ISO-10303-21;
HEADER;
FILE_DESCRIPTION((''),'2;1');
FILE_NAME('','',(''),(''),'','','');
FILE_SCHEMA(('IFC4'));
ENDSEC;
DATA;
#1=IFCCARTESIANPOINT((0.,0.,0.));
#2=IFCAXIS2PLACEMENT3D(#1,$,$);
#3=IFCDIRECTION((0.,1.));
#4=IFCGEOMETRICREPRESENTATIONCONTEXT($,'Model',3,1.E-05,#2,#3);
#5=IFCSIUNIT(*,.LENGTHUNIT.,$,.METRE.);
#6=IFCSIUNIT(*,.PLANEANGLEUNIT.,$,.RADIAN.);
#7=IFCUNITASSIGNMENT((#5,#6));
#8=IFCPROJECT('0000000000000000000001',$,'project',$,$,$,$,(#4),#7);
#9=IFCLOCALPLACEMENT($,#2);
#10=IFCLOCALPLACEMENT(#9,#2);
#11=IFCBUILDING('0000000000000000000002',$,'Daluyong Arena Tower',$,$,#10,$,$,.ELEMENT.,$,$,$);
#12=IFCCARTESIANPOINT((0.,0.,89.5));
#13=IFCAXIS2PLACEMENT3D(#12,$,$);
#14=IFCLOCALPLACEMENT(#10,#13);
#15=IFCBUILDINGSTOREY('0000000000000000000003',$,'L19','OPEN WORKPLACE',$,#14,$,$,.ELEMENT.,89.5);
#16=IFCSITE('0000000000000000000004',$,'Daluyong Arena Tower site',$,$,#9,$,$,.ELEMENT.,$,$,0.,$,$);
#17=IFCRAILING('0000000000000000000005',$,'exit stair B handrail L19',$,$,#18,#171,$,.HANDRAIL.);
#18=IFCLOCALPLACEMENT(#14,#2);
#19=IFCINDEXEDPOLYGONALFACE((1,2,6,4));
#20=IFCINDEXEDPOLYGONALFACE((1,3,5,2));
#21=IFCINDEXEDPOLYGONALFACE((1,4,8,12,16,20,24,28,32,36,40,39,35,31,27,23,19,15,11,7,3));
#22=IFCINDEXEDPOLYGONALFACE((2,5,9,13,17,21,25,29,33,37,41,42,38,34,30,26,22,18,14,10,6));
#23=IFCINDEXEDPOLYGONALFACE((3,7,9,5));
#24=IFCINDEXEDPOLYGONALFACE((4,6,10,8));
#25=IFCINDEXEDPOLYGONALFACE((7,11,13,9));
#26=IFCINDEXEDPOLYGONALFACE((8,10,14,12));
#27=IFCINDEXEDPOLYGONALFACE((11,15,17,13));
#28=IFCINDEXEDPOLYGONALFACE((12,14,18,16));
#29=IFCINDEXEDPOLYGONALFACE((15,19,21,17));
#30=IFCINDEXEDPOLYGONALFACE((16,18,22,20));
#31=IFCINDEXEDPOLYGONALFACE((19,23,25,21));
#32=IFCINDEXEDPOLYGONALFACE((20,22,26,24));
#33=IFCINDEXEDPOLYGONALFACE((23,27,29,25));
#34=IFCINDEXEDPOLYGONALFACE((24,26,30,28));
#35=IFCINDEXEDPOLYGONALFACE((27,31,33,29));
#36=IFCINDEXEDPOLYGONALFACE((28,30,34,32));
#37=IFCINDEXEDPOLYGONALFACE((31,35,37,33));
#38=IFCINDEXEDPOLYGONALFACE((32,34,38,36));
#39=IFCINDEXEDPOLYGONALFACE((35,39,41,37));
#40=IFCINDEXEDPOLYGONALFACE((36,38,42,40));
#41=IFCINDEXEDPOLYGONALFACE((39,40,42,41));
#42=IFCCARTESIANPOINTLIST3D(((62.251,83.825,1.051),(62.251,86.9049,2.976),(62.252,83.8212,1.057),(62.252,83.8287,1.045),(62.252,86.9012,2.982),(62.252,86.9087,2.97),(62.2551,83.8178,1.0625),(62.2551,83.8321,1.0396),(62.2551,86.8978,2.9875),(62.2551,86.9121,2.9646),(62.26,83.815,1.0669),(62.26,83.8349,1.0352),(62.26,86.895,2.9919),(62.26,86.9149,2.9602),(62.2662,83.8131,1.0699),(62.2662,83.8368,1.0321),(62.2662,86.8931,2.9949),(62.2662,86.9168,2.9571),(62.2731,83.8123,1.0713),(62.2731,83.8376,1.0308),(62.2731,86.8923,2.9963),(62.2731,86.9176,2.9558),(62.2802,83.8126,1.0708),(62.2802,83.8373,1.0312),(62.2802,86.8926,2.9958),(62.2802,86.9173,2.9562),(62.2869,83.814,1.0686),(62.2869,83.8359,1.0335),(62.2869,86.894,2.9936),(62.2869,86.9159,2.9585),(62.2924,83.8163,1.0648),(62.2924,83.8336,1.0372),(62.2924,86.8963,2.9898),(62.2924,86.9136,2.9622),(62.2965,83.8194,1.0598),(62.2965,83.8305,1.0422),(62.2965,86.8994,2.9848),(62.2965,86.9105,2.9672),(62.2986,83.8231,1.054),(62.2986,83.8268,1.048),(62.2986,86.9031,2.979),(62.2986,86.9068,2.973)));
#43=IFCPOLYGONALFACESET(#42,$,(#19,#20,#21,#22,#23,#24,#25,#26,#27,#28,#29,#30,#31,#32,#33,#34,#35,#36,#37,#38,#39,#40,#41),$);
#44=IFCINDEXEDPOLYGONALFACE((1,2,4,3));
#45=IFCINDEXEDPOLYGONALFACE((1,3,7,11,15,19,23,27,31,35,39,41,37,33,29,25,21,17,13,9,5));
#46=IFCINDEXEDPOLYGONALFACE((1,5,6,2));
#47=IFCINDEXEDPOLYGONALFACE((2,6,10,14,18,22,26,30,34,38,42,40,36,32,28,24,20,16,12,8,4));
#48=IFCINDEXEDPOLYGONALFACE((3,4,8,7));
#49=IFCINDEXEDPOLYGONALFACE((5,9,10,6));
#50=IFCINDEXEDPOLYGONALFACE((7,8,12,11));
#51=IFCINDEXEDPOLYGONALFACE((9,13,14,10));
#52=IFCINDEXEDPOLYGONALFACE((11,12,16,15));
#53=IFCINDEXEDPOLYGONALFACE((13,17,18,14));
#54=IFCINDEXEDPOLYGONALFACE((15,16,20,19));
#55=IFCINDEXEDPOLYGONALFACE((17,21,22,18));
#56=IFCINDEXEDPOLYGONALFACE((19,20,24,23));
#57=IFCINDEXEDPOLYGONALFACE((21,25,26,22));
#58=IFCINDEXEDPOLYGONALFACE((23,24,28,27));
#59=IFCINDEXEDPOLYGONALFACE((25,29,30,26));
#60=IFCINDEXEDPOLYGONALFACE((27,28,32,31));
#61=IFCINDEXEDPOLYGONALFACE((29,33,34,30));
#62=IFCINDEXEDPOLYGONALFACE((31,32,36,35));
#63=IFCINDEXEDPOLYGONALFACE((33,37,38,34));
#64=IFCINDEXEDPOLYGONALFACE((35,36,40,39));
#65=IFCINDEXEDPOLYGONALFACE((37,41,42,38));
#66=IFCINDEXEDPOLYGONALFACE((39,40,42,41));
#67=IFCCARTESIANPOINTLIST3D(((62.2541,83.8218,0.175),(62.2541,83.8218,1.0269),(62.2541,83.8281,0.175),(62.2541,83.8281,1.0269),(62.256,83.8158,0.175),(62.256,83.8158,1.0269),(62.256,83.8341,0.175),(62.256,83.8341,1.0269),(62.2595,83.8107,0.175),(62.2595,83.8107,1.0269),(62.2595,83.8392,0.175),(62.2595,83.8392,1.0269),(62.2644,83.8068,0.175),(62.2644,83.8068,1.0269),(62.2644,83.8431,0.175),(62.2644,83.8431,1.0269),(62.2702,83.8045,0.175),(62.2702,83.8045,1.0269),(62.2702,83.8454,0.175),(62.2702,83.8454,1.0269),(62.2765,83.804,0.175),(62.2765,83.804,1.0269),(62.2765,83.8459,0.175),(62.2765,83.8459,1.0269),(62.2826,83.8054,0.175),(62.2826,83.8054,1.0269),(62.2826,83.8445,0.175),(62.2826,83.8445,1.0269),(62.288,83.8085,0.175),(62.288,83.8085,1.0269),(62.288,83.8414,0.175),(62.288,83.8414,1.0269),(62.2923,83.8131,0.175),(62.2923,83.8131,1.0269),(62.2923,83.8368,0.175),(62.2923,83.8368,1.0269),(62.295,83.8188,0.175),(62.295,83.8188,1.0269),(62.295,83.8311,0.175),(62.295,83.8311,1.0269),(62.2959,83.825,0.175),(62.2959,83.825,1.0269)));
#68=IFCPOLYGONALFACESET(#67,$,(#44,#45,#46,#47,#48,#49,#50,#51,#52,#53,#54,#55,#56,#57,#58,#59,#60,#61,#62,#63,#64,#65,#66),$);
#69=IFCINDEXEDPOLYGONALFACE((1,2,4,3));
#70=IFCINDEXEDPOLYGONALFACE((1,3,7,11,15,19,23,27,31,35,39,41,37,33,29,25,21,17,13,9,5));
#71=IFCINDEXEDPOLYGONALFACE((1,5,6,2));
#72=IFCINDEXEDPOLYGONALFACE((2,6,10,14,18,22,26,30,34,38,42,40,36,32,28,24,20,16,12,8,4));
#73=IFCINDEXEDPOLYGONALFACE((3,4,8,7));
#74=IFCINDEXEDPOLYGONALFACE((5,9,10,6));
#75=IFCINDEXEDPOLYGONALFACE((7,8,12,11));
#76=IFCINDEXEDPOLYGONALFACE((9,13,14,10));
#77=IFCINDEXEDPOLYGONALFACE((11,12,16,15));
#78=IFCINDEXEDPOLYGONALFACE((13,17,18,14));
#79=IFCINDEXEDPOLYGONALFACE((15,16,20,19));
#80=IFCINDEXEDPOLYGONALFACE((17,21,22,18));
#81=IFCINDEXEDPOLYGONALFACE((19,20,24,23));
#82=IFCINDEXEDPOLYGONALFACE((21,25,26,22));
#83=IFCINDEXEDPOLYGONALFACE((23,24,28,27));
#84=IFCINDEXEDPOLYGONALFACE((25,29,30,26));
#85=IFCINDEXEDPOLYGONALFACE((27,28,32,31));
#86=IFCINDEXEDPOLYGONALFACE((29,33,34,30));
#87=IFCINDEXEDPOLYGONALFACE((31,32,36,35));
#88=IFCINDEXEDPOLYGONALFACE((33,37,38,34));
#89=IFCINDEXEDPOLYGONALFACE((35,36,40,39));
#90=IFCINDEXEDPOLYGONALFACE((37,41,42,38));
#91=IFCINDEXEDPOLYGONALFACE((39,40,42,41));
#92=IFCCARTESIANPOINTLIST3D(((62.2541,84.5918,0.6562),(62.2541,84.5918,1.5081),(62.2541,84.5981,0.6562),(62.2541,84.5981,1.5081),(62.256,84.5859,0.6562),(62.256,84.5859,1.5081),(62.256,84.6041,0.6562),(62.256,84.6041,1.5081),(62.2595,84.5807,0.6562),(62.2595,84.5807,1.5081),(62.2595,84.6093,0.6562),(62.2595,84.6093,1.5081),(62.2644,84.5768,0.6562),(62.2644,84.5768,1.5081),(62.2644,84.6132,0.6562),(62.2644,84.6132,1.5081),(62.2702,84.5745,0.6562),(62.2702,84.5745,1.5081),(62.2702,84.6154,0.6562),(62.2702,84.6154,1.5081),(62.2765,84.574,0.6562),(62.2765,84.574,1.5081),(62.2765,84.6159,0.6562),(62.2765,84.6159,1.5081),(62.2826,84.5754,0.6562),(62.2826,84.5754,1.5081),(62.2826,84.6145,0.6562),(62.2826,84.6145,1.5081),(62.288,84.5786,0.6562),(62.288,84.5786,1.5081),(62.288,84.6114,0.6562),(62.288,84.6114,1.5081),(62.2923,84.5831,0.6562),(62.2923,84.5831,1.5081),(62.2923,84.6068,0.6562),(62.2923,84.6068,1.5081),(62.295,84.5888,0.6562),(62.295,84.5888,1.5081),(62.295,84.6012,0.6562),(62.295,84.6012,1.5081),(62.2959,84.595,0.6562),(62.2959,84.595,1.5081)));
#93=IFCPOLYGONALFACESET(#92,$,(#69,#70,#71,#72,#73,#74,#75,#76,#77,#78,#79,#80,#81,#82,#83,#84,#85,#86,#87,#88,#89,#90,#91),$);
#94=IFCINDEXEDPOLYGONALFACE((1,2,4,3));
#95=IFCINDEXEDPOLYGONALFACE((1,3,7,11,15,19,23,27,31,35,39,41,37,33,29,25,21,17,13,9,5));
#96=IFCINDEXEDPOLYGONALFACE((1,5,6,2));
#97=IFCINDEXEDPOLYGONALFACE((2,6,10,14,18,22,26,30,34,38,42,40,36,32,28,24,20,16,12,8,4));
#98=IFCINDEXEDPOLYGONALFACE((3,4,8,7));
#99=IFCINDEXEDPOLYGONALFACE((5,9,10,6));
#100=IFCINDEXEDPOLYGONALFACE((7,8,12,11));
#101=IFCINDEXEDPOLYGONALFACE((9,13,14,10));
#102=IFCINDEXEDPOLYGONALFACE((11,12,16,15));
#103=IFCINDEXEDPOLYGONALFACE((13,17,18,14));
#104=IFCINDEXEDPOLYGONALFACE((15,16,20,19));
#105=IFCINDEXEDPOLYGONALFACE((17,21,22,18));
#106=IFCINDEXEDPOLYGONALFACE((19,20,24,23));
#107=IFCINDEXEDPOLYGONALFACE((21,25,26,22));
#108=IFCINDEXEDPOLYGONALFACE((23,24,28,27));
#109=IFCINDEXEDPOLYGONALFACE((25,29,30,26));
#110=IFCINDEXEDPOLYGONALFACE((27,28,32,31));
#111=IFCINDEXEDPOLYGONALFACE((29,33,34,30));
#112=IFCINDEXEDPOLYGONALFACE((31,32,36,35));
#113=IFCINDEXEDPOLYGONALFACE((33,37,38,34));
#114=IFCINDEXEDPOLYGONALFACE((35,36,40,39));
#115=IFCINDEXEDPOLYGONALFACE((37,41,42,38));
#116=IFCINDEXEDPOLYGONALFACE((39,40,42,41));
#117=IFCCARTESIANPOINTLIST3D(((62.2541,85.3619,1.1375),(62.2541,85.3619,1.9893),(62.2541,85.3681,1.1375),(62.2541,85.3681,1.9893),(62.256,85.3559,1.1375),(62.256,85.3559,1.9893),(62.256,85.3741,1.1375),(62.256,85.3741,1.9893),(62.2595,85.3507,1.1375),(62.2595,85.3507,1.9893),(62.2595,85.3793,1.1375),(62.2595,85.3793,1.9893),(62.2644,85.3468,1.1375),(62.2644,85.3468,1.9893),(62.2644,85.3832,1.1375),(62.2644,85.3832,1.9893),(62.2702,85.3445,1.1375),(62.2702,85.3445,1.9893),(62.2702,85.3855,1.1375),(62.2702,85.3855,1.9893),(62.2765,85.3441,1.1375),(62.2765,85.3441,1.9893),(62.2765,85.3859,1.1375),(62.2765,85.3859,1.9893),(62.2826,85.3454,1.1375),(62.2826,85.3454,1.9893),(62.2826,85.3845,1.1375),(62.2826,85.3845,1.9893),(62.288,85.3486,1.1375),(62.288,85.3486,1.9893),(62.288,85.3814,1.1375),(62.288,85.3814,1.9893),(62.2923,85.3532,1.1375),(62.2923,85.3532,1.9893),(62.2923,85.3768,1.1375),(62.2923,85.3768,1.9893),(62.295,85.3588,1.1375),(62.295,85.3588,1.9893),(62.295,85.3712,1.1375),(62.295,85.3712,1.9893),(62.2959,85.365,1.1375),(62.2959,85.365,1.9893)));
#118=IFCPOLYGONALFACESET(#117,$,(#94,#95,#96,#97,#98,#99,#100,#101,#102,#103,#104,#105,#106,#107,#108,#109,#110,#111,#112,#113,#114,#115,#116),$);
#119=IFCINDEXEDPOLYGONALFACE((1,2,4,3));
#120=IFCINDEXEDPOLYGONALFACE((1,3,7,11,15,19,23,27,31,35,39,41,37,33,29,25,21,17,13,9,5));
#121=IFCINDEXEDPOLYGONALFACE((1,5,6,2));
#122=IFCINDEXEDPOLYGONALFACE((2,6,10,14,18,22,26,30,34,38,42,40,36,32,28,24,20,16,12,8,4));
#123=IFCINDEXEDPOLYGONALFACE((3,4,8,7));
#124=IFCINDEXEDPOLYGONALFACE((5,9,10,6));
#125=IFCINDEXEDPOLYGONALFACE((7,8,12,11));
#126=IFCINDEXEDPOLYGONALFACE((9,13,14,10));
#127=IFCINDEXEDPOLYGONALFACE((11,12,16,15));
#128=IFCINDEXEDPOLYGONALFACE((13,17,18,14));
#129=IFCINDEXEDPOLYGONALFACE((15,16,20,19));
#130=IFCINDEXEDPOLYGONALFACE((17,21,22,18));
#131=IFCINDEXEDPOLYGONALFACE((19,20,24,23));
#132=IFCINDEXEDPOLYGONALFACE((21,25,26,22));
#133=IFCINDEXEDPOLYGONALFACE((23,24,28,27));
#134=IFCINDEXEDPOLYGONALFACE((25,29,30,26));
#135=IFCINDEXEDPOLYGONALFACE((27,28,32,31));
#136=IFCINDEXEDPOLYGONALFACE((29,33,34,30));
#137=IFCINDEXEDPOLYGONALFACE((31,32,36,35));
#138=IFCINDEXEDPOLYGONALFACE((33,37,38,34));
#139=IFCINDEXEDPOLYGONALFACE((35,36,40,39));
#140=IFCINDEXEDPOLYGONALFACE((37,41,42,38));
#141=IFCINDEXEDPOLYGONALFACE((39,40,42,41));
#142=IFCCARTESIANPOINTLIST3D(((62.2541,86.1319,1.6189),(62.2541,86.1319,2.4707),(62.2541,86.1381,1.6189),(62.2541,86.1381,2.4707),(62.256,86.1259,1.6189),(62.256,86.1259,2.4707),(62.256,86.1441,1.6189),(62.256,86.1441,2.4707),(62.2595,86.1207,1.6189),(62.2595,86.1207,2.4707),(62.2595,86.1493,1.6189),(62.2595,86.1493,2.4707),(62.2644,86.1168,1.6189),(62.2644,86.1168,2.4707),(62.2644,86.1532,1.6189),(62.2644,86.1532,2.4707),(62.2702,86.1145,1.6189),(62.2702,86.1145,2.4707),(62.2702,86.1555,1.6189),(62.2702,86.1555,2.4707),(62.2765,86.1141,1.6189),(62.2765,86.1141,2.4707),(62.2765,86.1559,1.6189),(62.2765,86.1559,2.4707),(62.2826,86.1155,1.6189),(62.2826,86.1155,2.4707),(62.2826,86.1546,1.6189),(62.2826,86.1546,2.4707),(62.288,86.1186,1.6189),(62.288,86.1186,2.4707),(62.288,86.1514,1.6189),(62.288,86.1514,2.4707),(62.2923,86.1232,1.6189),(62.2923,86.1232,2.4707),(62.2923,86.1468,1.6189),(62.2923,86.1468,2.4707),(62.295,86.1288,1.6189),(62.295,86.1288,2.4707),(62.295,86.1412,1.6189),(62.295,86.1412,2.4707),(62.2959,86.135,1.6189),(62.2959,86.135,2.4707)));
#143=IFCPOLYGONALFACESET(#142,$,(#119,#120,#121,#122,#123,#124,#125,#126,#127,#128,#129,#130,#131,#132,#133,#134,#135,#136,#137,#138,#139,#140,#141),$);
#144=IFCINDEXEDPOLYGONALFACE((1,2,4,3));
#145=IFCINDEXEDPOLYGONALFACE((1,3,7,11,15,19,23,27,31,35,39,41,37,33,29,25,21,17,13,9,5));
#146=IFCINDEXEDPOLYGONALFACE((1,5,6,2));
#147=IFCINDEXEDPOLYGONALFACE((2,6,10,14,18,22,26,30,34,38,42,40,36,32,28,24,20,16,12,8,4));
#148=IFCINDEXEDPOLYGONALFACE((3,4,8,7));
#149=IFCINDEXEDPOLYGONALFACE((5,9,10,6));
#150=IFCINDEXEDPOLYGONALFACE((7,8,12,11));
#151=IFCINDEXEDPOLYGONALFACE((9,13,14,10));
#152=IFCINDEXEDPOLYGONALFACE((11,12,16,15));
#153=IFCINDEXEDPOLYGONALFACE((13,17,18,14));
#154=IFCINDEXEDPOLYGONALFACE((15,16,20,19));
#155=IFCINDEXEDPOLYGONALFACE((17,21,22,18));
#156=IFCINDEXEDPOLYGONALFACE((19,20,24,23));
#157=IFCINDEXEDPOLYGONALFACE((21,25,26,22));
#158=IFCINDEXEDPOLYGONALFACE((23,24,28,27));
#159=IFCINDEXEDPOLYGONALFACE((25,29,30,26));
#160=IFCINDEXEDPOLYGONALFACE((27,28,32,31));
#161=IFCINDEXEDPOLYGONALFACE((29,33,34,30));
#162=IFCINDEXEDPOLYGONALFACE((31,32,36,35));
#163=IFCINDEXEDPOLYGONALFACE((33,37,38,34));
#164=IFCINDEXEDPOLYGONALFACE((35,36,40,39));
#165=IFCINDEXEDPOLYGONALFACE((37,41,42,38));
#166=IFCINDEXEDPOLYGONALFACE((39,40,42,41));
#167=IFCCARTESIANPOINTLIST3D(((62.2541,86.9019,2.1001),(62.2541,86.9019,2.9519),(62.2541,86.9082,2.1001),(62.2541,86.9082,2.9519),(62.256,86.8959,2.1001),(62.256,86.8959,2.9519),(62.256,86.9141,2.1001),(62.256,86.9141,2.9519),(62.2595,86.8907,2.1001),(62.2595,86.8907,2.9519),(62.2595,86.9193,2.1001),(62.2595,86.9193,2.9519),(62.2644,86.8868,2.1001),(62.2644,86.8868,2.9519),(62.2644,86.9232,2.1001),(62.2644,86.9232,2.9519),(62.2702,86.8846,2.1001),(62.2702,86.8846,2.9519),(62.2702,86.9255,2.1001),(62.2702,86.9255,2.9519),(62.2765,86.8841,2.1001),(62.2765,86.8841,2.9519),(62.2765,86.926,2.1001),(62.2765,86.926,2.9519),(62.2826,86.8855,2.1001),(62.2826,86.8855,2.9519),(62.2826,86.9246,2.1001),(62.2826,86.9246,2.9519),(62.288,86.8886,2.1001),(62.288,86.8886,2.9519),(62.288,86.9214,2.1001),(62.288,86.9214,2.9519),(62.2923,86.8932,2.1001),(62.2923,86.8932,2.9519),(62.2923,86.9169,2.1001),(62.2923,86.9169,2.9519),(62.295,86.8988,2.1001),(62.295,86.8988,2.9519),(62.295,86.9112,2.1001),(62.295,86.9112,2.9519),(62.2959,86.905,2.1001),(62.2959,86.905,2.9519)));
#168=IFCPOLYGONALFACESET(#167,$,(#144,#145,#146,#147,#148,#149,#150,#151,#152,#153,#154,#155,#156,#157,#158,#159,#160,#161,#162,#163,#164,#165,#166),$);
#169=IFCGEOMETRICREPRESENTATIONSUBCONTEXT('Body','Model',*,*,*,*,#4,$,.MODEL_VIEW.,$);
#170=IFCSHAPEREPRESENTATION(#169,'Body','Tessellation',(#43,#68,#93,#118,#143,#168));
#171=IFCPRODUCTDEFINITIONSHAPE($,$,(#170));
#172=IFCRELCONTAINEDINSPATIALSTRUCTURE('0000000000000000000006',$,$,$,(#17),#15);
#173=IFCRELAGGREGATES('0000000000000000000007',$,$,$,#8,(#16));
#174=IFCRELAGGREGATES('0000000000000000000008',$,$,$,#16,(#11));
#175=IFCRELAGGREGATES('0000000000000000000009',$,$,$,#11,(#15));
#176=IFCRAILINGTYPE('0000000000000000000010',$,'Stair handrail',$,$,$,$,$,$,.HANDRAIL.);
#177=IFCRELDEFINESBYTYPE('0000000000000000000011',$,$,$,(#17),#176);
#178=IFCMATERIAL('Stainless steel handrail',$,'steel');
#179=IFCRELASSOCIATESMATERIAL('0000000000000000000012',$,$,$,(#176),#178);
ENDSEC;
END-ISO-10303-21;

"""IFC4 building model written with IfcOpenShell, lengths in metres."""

from ifc_helpers import new_model, si_unit, direction, frame, origin, origin_2d, place, context, subcontext, project, spatial, circle, extrude, material, type_object, element, save


model = new_model("IFC4")

# Units and contexts
model_context = context("Model", 3, precision=1e-05, world=origin(), true_north=direction((0.0, 1.0)))
body_context = subcontext(model_context, "Body", "Model", "MODEL_VIEW")
ifc_project = project(units=[si_unit("LENGTHUNIT", "METRE"), si_unit("PLANEANGLEUNIT", "RADIAN")], contexts=[model_context])

# Site, building, storey
site_placement = place(None, origin())
site = spatial("IfcSite", under=ifc_project, at=site_placement, Name="Daluyong Arena Tower site", CompositionType="ELEMENT", RefElevation=0.0)
building_placement = place(site_placement, origin())
building = spatial("IfcBuilding", under=site, at=building_placement, Name="Daluyong Arena Tower", CompositionType="ELEMENT")
storey_placement = place(building_placement, frame((0.0, 0.0, 89.5)))
storey = spatial("IfcBuildingStorey", under=building, at=storey_placement, Name="L19", Description="OPEN WORKPLACE", CompositionType="ELEMENT", Elevation=89.5)

# Railing
ifc_material_1 = material(Name="Stainless steel handrail", Category="steel")
railing_type_1 = type_object("IfcRailingType", Name="Stair handrail", PredefinedType="HANDRAIL", material=ifc_material_1)
railing_1_placement = place(storey_placement, frame((62.2749, 83.825, 0.175)))
element("IfcRailing", 1, at=railing_1_placement, inside=storey, type_object=railing_type_1, Name="exit stair B handrail L19", PredefinedType="HANDRAIL", context=body_context, shape_type="SweptSolid", body=[
    extrude(circle(Radius=0.0239, at=origin_2d()), frame((0.0, 0.0, 0.876), z_axis=(0.0, 0.847998, 0.529999), x_axis=(-1.0, 0.0, 0.0)), (0.0, 0.0, 1.0), 3.6321),
    extrude(circle(Radius=0.021, at=origin_2d()), origin(), (0.0, 0.0, 1.0), 0.8518),
    extrude(circle(Radius=0.021, at=origin_2d()), frame((0.0, 0.77, 0.4812)), (0.0, 0.0, 1.0), 0.8518),
    extrude(circle(Radius=0.021, at=origin_2d()), frame((0.0, 1.54, 0.9624)), (0.0, 0.0, 1.0), 0.8518),
    extrude(circle(Radius=0.021, at=origin_2d()), frame((0.0, 2.3101, 1.4438)), (0.0, 0.0, 1.0), 0.8518),
    extrude(circle(Radius=0.021, at=origin_2d()), frame((0.0, 3.0801, 1.925)), (0.0, 0.0, 1.0), 0.8518),
])

save(model, "model.ifc")
